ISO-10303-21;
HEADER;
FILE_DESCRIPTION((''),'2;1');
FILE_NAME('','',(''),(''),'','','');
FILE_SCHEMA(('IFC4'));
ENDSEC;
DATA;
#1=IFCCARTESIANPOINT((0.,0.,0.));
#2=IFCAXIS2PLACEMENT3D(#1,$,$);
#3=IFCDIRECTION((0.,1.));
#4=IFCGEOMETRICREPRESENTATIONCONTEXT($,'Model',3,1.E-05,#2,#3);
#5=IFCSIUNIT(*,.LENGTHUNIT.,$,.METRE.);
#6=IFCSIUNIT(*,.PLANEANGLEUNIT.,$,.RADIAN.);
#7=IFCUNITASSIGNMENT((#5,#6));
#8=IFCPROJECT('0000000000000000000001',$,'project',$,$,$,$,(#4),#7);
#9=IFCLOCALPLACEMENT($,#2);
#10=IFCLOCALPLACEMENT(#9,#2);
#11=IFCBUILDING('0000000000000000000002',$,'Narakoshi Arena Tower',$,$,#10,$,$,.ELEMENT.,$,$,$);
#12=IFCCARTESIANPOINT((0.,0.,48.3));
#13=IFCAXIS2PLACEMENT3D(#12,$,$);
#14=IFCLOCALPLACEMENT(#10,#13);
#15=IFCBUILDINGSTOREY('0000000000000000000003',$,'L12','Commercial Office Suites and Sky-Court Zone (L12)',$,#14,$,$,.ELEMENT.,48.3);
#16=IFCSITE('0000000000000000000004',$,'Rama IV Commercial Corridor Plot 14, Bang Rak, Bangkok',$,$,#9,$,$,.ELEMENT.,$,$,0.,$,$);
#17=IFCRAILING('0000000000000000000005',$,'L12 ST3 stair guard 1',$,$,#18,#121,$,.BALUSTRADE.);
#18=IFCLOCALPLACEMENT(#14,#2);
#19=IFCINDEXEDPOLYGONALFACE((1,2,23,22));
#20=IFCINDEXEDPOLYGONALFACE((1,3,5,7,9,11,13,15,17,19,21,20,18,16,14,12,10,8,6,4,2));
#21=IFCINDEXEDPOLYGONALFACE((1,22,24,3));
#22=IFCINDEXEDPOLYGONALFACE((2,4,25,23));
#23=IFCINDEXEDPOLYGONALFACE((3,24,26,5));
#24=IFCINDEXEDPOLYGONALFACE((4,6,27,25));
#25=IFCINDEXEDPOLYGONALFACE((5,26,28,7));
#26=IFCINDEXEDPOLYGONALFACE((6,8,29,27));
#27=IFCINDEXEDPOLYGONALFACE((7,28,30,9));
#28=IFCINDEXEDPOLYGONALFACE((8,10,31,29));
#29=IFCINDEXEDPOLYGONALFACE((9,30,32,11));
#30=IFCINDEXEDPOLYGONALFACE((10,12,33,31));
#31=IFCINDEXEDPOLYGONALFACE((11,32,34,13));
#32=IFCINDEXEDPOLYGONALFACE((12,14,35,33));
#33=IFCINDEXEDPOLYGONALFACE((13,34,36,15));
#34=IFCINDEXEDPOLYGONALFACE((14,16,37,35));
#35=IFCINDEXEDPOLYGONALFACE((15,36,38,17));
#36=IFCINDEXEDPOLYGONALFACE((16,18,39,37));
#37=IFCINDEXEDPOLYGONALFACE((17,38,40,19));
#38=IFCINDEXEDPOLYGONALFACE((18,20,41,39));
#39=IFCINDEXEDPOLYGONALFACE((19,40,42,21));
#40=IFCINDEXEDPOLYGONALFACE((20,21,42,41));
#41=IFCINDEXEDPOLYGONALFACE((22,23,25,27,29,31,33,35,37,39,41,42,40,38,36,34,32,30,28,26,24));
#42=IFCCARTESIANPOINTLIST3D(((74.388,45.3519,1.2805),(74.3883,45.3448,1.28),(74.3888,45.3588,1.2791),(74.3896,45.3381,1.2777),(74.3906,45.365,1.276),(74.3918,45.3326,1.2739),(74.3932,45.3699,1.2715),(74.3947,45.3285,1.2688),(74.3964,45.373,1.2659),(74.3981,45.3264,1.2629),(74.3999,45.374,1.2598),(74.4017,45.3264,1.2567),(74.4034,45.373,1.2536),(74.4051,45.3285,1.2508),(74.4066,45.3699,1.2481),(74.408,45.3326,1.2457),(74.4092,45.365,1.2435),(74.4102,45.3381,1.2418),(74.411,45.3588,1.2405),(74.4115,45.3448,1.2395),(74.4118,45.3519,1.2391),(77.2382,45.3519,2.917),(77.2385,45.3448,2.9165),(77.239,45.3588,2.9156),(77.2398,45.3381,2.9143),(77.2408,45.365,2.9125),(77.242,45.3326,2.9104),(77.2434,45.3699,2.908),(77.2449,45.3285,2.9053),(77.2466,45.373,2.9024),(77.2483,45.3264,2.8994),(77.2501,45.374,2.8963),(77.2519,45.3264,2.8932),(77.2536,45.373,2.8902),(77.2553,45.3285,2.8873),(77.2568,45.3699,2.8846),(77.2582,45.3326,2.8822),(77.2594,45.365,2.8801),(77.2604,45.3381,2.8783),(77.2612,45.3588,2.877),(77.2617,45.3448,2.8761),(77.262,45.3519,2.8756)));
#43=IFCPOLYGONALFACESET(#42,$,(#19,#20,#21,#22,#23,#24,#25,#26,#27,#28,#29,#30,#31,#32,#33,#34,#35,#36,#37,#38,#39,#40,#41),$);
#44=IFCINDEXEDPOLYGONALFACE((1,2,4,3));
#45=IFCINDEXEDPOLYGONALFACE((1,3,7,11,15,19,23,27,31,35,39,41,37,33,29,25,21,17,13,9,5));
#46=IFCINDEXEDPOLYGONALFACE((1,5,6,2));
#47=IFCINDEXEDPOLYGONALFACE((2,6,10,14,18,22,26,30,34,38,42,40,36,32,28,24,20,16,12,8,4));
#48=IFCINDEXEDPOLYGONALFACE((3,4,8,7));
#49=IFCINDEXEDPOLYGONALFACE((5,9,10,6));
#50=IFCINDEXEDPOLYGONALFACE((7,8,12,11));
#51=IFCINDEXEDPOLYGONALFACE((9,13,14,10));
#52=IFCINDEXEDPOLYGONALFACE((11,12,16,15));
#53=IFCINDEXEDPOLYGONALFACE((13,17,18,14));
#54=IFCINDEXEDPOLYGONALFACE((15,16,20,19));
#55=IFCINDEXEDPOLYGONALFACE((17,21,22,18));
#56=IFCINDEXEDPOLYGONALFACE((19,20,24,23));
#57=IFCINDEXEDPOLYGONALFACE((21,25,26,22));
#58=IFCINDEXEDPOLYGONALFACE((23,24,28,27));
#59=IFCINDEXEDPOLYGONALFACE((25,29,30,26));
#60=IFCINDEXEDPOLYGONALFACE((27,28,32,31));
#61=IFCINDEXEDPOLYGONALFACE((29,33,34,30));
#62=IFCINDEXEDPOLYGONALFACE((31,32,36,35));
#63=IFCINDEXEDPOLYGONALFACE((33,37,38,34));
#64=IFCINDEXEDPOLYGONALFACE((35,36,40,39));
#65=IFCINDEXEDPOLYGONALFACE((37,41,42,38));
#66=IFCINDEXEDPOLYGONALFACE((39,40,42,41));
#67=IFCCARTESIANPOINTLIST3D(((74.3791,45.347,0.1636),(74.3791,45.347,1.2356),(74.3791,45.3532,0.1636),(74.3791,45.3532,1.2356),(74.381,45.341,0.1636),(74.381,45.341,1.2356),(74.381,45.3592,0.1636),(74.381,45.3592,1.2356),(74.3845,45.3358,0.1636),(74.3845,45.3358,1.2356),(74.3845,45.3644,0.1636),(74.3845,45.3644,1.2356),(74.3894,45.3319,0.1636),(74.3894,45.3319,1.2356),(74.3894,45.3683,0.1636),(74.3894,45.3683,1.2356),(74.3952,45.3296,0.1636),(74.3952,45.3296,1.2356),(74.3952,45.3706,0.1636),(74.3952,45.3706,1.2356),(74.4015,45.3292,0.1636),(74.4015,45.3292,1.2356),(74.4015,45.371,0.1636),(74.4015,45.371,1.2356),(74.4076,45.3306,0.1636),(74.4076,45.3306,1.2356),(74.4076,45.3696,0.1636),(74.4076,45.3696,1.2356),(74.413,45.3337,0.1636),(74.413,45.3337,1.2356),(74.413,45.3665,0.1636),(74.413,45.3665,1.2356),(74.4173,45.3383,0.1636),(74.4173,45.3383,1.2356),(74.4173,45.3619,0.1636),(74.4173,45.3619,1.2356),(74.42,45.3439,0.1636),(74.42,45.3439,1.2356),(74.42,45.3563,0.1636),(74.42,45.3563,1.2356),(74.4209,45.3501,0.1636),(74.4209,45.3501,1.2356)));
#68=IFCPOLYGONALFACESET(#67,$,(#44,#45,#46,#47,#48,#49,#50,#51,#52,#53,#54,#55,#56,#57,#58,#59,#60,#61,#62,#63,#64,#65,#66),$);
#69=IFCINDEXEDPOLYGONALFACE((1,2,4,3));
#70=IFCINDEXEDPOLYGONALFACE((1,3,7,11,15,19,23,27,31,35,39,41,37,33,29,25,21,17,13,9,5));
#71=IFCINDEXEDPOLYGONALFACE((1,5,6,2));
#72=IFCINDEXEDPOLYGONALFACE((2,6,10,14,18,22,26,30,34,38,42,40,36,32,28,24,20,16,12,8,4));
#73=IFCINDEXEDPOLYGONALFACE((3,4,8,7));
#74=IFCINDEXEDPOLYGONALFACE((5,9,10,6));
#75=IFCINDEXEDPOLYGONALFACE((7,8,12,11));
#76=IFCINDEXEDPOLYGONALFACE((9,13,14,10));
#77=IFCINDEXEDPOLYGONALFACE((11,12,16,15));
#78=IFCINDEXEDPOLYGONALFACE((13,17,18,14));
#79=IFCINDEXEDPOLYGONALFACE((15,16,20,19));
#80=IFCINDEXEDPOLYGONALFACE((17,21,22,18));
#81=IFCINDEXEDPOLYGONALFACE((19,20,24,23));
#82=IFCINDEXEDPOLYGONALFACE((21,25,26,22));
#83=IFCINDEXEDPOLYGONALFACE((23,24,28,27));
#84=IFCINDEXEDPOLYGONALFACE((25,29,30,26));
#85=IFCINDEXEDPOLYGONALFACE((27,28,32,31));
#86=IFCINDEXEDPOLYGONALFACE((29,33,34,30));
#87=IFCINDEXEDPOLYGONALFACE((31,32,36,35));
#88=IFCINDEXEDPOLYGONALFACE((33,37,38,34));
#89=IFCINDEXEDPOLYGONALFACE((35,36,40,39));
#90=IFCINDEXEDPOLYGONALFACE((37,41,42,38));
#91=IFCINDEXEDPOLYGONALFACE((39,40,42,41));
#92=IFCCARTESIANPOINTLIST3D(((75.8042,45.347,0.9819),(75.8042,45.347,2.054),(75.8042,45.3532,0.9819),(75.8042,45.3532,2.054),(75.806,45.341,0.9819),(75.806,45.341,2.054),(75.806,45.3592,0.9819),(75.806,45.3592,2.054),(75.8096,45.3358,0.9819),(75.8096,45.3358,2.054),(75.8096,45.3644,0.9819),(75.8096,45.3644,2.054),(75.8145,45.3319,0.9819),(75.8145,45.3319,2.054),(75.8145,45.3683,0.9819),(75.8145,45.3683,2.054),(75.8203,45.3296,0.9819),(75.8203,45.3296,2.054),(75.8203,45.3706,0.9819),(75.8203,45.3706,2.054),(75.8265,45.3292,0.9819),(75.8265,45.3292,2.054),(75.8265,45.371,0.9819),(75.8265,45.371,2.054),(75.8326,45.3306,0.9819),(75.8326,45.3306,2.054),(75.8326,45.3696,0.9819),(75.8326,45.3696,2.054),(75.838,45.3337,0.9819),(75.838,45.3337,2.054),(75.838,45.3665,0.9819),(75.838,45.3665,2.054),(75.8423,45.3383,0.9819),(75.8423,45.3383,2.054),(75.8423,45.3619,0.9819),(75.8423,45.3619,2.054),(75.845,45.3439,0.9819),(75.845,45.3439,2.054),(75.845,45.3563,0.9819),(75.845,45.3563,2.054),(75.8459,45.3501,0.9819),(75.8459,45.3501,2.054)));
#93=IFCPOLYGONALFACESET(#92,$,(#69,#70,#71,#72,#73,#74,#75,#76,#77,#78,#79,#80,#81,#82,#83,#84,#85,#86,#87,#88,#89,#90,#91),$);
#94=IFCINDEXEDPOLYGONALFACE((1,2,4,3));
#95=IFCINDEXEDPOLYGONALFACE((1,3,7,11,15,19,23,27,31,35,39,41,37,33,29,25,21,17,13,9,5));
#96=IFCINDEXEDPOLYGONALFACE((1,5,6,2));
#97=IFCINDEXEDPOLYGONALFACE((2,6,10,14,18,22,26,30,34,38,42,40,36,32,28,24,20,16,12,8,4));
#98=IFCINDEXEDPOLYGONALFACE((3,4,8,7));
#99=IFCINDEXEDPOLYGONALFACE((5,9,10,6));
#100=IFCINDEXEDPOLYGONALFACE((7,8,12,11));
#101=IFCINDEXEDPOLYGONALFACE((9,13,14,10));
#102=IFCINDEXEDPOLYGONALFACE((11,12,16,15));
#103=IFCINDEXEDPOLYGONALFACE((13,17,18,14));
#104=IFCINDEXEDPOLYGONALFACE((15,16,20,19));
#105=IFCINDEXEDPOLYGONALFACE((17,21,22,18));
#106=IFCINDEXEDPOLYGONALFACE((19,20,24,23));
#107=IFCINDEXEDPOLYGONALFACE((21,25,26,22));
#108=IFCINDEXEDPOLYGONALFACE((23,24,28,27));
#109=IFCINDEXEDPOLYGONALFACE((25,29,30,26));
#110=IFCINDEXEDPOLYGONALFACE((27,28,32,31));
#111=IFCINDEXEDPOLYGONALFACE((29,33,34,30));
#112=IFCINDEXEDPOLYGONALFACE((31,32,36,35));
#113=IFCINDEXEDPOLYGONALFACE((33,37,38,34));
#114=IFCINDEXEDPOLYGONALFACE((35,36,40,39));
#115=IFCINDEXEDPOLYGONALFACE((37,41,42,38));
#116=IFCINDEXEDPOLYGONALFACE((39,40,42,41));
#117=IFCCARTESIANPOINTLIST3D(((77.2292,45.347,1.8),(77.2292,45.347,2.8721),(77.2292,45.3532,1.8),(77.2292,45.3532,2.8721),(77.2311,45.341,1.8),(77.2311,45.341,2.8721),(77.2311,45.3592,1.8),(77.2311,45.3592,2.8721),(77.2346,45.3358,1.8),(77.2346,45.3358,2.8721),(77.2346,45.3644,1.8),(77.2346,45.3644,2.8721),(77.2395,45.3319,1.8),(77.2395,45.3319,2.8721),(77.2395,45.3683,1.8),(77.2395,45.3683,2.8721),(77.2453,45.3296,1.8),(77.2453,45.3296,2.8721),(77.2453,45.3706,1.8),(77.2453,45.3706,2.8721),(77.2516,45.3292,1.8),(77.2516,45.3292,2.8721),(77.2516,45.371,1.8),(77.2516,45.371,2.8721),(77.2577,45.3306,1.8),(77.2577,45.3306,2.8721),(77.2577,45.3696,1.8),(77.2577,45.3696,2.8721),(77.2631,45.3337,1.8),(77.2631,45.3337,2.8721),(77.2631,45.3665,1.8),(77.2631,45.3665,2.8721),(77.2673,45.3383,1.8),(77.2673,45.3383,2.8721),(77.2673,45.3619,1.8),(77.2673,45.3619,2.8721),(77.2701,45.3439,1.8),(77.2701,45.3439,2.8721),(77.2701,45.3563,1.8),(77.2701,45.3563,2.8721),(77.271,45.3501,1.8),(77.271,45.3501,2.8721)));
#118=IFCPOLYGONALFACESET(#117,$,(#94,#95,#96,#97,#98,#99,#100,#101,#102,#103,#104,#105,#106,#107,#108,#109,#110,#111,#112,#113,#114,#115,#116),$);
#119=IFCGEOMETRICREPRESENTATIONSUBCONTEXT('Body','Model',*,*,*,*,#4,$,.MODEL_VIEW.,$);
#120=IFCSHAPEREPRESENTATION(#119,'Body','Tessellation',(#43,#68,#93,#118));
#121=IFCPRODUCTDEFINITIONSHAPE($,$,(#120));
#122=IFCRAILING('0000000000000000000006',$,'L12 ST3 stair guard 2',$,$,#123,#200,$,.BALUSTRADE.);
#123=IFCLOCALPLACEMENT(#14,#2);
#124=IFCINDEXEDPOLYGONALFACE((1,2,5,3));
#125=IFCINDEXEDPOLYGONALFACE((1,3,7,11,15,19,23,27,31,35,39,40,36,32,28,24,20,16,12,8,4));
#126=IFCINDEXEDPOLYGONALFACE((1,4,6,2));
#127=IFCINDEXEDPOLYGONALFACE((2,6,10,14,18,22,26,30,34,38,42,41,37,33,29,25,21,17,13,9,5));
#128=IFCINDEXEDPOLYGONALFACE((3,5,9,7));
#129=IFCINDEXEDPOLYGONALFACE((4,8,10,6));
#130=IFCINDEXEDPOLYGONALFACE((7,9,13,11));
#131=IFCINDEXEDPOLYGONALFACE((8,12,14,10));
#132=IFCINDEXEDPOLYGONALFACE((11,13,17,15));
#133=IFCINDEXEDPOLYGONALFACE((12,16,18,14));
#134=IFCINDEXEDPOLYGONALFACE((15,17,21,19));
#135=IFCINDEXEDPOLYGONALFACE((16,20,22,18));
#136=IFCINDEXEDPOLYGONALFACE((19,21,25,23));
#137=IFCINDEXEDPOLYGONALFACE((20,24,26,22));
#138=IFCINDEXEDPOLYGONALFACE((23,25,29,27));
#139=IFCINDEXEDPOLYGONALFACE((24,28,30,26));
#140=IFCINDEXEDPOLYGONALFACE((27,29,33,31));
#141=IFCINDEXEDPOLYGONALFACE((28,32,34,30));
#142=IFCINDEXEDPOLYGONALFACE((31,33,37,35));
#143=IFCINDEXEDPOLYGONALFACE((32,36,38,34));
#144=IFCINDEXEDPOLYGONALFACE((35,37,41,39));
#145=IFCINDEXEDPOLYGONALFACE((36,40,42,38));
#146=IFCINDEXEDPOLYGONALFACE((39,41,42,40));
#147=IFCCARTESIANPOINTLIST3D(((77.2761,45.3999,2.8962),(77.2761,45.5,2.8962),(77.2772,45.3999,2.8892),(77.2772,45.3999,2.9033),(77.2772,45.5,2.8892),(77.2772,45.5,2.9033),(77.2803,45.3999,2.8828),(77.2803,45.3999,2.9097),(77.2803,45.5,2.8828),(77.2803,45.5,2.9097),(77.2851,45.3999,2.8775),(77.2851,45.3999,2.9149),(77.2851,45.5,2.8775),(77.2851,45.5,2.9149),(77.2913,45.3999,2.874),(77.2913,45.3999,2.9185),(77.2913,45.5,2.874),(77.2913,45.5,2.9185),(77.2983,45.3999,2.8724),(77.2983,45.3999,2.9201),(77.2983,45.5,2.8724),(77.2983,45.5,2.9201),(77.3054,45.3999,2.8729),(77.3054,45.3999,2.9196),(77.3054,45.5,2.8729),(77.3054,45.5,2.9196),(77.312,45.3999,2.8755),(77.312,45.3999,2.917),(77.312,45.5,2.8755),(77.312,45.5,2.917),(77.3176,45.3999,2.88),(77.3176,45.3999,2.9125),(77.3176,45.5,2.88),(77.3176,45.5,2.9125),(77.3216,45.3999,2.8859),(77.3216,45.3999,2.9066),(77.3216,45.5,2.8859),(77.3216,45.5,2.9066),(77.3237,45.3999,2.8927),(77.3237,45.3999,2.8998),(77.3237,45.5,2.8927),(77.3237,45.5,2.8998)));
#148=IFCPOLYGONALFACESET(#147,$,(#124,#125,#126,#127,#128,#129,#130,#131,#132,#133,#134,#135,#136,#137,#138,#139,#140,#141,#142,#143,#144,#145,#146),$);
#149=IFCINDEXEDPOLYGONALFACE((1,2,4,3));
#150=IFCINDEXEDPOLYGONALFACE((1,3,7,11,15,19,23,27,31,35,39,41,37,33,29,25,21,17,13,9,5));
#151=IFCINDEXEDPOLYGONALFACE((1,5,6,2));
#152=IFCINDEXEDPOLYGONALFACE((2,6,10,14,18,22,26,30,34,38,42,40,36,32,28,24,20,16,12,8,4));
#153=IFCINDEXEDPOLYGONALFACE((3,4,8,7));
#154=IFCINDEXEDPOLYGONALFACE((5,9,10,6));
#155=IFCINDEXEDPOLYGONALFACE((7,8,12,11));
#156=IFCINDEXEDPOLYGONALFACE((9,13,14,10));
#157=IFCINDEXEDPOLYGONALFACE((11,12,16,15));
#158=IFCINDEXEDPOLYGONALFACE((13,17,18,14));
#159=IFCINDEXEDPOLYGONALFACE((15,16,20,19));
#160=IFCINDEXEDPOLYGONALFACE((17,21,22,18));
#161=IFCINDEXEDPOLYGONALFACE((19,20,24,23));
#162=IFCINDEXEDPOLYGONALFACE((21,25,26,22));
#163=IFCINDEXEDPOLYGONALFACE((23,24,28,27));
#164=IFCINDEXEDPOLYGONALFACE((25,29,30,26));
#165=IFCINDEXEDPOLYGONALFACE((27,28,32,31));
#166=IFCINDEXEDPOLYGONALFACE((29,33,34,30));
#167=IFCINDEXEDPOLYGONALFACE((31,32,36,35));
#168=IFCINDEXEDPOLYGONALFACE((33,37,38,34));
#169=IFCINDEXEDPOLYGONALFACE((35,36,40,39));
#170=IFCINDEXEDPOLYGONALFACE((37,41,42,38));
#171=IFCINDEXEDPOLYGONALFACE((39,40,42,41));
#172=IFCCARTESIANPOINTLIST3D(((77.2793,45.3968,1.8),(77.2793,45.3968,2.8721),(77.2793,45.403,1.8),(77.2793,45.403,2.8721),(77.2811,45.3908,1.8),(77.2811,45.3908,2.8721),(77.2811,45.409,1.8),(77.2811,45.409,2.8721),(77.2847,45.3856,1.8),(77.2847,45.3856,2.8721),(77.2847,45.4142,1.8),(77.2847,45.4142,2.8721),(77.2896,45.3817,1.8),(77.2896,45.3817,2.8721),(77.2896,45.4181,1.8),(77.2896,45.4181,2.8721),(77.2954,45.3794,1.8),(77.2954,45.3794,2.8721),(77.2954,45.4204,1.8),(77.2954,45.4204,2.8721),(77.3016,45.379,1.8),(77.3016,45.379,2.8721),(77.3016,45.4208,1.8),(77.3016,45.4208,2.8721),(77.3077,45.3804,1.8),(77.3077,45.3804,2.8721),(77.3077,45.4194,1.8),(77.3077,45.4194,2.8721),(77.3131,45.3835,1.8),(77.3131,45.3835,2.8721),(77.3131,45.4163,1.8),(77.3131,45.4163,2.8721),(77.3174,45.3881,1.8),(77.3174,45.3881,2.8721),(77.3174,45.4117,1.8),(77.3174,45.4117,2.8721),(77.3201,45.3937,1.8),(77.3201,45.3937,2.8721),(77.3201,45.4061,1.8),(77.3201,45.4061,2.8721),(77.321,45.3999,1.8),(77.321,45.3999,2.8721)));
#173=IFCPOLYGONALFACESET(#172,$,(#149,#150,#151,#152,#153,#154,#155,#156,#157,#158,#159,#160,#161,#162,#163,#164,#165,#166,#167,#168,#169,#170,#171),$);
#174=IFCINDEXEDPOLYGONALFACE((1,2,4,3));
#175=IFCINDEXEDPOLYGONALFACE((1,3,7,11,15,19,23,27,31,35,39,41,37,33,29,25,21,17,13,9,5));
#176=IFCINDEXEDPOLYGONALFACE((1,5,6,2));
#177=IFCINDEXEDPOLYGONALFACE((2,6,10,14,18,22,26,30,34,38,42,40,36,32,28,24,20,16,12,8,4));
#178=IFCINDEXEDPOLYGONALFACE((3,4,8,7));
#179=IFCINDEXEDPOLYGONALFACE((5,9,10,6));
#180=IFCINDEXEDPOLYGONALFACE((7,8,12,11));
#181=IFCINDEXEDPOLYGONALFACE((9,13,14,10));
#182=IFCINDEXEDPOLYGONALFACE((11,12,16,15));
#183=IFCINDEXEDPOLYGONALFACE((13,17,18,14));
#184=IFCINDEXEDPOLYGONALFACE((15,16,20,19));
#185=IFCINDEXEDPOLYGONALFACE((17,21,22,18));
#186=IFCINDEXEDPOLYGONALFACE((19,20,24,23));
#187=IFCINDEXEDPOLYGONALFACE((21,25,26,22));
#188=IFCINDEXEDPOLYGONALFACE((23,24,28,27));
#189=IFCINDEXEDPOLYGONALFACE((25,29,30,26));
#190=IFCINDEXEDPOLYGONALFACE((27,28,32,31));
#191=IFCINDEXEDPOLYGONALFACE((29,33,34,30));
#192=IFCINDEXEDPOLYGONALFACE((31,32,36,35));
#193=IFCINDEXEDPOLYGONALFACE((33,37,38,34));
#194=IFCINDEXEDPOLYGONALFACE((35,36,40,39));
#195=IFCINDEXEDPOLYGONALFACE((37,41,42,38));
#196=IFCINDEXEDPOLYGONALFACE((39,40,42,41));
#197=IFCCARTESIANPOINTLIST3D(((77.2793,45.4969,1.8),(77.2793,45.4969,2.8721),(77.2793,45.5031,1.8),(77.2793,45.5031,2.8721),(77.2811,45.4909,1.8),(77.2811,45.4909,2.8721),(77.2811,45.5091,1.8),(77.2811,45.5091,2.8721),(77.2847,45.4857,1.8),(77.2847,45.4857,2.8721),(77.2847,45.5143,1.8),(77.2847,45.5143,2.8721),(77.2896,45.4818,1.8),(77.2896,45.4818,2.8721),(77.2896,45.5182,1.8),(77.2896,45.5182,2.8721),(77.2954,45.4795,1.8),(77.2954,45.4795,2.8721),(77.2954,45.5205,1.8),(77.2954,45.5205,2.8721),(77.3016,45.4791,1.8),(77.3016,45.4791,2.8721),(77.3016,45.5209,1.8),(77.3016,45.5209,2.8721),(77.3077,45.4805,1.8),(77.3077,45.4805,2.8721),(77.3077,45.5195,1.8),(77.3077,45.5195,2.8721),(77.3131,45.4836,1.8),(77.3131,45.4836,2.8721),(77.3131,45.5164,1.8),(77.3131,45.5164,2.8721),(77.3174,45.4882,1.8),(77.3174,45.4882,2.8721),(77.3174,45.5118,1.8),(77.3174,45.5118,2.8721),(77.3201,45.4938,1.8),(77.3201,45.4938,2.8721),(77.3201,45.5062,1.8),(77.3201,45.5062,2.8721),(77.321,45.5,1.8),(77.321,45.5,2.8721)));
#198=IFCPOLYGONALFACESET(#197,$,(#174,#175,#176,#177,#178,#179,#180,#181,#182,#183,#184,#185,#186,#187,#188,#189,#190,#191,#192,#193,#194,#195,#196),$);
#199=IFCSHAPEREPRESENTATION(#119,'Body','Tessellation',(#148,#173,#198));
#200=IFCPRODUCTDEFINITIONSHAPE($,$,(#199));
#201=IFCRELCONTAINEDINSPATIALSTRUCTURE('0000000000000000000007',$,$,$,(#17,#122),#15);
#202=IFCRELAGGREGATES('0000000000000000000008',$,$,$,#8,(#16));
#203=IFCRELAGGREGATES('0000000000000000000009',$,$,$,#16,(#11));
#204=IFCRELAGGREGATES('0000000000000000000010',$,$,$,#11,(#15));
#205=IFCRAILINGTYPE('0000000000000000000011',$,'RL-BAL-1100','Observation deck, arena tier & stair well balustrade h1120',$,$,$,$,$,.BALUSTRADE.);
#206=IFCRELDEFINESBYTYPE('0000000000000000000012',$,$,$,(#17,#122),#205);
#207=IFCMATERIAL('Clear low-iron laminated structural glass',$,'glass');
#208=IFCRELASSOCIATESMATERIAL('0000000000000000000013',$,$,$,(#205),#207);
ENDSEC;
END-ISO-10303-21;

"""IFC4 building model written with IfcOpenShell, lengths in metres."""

from ifc_helpers import new_model, si_unit, direction, frame, origin, origin_2d, place, context, subcontext, project, spatial, circle, extrude, material, type_object, element, save


model = new_model("IFC4")

# Units and contexts
model_context = context("Model", 3, precision=1e-05, world=origin(), true_north=direction((0.0, 1.0)))
body_context = subcontext(model_context, "Body", "Model", "MODEL_VIEW")
ifc_project = project(units=[si_unit("LENGTHUNIT", "METRE"), si_unit("PLANEANGLEUNIT", "RADIAN")], contexts=[model_context])

# Site, building, storey
site_placement = place(None, origin())
site = spatial("IfcSite", under=ifc_project, at=site_placement, Name="Rama IV Commercial Corridor Plot 14, Bang Rak, Bangkok", CompositionType="ELEMENT", RefElevation=0.0)
building_placement = place(site_placement, origin())
building = spatial("IfcBuilding", under=site, at=building_placement, Name="Narakoshi Arena Tower", CompositionType="ELEMENT")
storey_placement = place(building_placement, frame((0.0, 0.0, 48.3)))
storey = spatial("IfcBuildingStorey", under=building, at=storey_placement, Name="L12", Description="Commercial Office Suites and Sky-Court Zone (L12)", CompositionType="ELEMENT", Elevation=48.3)

# Railings
ifc_material_1 = material(Name="Clear low-iron laminated structural glass", Category="glass")
railing_type_1 = type_object("IfcRailingType", Name="RL-BAL-1100", Description="Observation deck, arena tier & stair well balustrade h1120", PredefinedType="BALUSTRADE", material=ifc_material_1)
railing_1_placement = place(storey_placement, frame((74.3999, 45.3501, 0.1636)))
element("IfcRailing", 1, at=railing_1_placement, inside=storey, type_object=railing_type_1, Name="L12 ST3 stair guard 1", PredefinedType="BALUSTRADE", context=body_context, shape_type="SweptSolid", body=[
    extrude(circle(Radius=0.0239, at=origin_2d()), frame((0.0, 0.0, 1.0962), z_axis=(0.867213, 0.0, 0.497938), x_axis=(0.0, 1.0, 0.0)), (0.0, 0.0, 1.0), 3.2866),
    extrude(circle(Radius=0.021, at=origin_2d()), origin(), (0.0, 0.0, 1.0), 1.072),
    extrude(circle(Radius=0.021, at=origin_2d()), frame((1.425, 0.0, 0.8184)), (0.0, 0.0, 1.0), 1.072),
    extrude(circle(Radius=0.021, at=origin_2d()), frame((2.8501, 0.0, 1.6365)), (0.0, 0.0, 1.0), 1.072),
])
railing_2_placement = place(storey_placement, frame((77.3, 45.3999, 1.8)))
element("IfcRailing", 2, at=railing_2_placement, inside=storey, type_object=railing_type_1, Name="L12 ST3 stair guard 2", PredefinedType="BALUSTRADE", context=body_context, shape_type="SweptSolid", body=[
    extrude(circle(Radius=0.0239, at=origin_2d()), frame((0.0, 0.0, 1.0962), z_axis=(0.0, 1.0, 0.0), x_axis=(-1.0, 0.0, 0.0)), (0.0, 0.0, 1.0), 0.1001),
    extrude(circle(Radius=0.021, at=origin_2d()), origin(), (0.0, 0.0, 1.0), 1.072),
    extrude(circle(Radius=0.021, at=origin_2d()), frame((0.0, 0.1001, 0.0)), (0.0, 0.0, 1.0), 1.072),
])

save(model, "model.ifc")
